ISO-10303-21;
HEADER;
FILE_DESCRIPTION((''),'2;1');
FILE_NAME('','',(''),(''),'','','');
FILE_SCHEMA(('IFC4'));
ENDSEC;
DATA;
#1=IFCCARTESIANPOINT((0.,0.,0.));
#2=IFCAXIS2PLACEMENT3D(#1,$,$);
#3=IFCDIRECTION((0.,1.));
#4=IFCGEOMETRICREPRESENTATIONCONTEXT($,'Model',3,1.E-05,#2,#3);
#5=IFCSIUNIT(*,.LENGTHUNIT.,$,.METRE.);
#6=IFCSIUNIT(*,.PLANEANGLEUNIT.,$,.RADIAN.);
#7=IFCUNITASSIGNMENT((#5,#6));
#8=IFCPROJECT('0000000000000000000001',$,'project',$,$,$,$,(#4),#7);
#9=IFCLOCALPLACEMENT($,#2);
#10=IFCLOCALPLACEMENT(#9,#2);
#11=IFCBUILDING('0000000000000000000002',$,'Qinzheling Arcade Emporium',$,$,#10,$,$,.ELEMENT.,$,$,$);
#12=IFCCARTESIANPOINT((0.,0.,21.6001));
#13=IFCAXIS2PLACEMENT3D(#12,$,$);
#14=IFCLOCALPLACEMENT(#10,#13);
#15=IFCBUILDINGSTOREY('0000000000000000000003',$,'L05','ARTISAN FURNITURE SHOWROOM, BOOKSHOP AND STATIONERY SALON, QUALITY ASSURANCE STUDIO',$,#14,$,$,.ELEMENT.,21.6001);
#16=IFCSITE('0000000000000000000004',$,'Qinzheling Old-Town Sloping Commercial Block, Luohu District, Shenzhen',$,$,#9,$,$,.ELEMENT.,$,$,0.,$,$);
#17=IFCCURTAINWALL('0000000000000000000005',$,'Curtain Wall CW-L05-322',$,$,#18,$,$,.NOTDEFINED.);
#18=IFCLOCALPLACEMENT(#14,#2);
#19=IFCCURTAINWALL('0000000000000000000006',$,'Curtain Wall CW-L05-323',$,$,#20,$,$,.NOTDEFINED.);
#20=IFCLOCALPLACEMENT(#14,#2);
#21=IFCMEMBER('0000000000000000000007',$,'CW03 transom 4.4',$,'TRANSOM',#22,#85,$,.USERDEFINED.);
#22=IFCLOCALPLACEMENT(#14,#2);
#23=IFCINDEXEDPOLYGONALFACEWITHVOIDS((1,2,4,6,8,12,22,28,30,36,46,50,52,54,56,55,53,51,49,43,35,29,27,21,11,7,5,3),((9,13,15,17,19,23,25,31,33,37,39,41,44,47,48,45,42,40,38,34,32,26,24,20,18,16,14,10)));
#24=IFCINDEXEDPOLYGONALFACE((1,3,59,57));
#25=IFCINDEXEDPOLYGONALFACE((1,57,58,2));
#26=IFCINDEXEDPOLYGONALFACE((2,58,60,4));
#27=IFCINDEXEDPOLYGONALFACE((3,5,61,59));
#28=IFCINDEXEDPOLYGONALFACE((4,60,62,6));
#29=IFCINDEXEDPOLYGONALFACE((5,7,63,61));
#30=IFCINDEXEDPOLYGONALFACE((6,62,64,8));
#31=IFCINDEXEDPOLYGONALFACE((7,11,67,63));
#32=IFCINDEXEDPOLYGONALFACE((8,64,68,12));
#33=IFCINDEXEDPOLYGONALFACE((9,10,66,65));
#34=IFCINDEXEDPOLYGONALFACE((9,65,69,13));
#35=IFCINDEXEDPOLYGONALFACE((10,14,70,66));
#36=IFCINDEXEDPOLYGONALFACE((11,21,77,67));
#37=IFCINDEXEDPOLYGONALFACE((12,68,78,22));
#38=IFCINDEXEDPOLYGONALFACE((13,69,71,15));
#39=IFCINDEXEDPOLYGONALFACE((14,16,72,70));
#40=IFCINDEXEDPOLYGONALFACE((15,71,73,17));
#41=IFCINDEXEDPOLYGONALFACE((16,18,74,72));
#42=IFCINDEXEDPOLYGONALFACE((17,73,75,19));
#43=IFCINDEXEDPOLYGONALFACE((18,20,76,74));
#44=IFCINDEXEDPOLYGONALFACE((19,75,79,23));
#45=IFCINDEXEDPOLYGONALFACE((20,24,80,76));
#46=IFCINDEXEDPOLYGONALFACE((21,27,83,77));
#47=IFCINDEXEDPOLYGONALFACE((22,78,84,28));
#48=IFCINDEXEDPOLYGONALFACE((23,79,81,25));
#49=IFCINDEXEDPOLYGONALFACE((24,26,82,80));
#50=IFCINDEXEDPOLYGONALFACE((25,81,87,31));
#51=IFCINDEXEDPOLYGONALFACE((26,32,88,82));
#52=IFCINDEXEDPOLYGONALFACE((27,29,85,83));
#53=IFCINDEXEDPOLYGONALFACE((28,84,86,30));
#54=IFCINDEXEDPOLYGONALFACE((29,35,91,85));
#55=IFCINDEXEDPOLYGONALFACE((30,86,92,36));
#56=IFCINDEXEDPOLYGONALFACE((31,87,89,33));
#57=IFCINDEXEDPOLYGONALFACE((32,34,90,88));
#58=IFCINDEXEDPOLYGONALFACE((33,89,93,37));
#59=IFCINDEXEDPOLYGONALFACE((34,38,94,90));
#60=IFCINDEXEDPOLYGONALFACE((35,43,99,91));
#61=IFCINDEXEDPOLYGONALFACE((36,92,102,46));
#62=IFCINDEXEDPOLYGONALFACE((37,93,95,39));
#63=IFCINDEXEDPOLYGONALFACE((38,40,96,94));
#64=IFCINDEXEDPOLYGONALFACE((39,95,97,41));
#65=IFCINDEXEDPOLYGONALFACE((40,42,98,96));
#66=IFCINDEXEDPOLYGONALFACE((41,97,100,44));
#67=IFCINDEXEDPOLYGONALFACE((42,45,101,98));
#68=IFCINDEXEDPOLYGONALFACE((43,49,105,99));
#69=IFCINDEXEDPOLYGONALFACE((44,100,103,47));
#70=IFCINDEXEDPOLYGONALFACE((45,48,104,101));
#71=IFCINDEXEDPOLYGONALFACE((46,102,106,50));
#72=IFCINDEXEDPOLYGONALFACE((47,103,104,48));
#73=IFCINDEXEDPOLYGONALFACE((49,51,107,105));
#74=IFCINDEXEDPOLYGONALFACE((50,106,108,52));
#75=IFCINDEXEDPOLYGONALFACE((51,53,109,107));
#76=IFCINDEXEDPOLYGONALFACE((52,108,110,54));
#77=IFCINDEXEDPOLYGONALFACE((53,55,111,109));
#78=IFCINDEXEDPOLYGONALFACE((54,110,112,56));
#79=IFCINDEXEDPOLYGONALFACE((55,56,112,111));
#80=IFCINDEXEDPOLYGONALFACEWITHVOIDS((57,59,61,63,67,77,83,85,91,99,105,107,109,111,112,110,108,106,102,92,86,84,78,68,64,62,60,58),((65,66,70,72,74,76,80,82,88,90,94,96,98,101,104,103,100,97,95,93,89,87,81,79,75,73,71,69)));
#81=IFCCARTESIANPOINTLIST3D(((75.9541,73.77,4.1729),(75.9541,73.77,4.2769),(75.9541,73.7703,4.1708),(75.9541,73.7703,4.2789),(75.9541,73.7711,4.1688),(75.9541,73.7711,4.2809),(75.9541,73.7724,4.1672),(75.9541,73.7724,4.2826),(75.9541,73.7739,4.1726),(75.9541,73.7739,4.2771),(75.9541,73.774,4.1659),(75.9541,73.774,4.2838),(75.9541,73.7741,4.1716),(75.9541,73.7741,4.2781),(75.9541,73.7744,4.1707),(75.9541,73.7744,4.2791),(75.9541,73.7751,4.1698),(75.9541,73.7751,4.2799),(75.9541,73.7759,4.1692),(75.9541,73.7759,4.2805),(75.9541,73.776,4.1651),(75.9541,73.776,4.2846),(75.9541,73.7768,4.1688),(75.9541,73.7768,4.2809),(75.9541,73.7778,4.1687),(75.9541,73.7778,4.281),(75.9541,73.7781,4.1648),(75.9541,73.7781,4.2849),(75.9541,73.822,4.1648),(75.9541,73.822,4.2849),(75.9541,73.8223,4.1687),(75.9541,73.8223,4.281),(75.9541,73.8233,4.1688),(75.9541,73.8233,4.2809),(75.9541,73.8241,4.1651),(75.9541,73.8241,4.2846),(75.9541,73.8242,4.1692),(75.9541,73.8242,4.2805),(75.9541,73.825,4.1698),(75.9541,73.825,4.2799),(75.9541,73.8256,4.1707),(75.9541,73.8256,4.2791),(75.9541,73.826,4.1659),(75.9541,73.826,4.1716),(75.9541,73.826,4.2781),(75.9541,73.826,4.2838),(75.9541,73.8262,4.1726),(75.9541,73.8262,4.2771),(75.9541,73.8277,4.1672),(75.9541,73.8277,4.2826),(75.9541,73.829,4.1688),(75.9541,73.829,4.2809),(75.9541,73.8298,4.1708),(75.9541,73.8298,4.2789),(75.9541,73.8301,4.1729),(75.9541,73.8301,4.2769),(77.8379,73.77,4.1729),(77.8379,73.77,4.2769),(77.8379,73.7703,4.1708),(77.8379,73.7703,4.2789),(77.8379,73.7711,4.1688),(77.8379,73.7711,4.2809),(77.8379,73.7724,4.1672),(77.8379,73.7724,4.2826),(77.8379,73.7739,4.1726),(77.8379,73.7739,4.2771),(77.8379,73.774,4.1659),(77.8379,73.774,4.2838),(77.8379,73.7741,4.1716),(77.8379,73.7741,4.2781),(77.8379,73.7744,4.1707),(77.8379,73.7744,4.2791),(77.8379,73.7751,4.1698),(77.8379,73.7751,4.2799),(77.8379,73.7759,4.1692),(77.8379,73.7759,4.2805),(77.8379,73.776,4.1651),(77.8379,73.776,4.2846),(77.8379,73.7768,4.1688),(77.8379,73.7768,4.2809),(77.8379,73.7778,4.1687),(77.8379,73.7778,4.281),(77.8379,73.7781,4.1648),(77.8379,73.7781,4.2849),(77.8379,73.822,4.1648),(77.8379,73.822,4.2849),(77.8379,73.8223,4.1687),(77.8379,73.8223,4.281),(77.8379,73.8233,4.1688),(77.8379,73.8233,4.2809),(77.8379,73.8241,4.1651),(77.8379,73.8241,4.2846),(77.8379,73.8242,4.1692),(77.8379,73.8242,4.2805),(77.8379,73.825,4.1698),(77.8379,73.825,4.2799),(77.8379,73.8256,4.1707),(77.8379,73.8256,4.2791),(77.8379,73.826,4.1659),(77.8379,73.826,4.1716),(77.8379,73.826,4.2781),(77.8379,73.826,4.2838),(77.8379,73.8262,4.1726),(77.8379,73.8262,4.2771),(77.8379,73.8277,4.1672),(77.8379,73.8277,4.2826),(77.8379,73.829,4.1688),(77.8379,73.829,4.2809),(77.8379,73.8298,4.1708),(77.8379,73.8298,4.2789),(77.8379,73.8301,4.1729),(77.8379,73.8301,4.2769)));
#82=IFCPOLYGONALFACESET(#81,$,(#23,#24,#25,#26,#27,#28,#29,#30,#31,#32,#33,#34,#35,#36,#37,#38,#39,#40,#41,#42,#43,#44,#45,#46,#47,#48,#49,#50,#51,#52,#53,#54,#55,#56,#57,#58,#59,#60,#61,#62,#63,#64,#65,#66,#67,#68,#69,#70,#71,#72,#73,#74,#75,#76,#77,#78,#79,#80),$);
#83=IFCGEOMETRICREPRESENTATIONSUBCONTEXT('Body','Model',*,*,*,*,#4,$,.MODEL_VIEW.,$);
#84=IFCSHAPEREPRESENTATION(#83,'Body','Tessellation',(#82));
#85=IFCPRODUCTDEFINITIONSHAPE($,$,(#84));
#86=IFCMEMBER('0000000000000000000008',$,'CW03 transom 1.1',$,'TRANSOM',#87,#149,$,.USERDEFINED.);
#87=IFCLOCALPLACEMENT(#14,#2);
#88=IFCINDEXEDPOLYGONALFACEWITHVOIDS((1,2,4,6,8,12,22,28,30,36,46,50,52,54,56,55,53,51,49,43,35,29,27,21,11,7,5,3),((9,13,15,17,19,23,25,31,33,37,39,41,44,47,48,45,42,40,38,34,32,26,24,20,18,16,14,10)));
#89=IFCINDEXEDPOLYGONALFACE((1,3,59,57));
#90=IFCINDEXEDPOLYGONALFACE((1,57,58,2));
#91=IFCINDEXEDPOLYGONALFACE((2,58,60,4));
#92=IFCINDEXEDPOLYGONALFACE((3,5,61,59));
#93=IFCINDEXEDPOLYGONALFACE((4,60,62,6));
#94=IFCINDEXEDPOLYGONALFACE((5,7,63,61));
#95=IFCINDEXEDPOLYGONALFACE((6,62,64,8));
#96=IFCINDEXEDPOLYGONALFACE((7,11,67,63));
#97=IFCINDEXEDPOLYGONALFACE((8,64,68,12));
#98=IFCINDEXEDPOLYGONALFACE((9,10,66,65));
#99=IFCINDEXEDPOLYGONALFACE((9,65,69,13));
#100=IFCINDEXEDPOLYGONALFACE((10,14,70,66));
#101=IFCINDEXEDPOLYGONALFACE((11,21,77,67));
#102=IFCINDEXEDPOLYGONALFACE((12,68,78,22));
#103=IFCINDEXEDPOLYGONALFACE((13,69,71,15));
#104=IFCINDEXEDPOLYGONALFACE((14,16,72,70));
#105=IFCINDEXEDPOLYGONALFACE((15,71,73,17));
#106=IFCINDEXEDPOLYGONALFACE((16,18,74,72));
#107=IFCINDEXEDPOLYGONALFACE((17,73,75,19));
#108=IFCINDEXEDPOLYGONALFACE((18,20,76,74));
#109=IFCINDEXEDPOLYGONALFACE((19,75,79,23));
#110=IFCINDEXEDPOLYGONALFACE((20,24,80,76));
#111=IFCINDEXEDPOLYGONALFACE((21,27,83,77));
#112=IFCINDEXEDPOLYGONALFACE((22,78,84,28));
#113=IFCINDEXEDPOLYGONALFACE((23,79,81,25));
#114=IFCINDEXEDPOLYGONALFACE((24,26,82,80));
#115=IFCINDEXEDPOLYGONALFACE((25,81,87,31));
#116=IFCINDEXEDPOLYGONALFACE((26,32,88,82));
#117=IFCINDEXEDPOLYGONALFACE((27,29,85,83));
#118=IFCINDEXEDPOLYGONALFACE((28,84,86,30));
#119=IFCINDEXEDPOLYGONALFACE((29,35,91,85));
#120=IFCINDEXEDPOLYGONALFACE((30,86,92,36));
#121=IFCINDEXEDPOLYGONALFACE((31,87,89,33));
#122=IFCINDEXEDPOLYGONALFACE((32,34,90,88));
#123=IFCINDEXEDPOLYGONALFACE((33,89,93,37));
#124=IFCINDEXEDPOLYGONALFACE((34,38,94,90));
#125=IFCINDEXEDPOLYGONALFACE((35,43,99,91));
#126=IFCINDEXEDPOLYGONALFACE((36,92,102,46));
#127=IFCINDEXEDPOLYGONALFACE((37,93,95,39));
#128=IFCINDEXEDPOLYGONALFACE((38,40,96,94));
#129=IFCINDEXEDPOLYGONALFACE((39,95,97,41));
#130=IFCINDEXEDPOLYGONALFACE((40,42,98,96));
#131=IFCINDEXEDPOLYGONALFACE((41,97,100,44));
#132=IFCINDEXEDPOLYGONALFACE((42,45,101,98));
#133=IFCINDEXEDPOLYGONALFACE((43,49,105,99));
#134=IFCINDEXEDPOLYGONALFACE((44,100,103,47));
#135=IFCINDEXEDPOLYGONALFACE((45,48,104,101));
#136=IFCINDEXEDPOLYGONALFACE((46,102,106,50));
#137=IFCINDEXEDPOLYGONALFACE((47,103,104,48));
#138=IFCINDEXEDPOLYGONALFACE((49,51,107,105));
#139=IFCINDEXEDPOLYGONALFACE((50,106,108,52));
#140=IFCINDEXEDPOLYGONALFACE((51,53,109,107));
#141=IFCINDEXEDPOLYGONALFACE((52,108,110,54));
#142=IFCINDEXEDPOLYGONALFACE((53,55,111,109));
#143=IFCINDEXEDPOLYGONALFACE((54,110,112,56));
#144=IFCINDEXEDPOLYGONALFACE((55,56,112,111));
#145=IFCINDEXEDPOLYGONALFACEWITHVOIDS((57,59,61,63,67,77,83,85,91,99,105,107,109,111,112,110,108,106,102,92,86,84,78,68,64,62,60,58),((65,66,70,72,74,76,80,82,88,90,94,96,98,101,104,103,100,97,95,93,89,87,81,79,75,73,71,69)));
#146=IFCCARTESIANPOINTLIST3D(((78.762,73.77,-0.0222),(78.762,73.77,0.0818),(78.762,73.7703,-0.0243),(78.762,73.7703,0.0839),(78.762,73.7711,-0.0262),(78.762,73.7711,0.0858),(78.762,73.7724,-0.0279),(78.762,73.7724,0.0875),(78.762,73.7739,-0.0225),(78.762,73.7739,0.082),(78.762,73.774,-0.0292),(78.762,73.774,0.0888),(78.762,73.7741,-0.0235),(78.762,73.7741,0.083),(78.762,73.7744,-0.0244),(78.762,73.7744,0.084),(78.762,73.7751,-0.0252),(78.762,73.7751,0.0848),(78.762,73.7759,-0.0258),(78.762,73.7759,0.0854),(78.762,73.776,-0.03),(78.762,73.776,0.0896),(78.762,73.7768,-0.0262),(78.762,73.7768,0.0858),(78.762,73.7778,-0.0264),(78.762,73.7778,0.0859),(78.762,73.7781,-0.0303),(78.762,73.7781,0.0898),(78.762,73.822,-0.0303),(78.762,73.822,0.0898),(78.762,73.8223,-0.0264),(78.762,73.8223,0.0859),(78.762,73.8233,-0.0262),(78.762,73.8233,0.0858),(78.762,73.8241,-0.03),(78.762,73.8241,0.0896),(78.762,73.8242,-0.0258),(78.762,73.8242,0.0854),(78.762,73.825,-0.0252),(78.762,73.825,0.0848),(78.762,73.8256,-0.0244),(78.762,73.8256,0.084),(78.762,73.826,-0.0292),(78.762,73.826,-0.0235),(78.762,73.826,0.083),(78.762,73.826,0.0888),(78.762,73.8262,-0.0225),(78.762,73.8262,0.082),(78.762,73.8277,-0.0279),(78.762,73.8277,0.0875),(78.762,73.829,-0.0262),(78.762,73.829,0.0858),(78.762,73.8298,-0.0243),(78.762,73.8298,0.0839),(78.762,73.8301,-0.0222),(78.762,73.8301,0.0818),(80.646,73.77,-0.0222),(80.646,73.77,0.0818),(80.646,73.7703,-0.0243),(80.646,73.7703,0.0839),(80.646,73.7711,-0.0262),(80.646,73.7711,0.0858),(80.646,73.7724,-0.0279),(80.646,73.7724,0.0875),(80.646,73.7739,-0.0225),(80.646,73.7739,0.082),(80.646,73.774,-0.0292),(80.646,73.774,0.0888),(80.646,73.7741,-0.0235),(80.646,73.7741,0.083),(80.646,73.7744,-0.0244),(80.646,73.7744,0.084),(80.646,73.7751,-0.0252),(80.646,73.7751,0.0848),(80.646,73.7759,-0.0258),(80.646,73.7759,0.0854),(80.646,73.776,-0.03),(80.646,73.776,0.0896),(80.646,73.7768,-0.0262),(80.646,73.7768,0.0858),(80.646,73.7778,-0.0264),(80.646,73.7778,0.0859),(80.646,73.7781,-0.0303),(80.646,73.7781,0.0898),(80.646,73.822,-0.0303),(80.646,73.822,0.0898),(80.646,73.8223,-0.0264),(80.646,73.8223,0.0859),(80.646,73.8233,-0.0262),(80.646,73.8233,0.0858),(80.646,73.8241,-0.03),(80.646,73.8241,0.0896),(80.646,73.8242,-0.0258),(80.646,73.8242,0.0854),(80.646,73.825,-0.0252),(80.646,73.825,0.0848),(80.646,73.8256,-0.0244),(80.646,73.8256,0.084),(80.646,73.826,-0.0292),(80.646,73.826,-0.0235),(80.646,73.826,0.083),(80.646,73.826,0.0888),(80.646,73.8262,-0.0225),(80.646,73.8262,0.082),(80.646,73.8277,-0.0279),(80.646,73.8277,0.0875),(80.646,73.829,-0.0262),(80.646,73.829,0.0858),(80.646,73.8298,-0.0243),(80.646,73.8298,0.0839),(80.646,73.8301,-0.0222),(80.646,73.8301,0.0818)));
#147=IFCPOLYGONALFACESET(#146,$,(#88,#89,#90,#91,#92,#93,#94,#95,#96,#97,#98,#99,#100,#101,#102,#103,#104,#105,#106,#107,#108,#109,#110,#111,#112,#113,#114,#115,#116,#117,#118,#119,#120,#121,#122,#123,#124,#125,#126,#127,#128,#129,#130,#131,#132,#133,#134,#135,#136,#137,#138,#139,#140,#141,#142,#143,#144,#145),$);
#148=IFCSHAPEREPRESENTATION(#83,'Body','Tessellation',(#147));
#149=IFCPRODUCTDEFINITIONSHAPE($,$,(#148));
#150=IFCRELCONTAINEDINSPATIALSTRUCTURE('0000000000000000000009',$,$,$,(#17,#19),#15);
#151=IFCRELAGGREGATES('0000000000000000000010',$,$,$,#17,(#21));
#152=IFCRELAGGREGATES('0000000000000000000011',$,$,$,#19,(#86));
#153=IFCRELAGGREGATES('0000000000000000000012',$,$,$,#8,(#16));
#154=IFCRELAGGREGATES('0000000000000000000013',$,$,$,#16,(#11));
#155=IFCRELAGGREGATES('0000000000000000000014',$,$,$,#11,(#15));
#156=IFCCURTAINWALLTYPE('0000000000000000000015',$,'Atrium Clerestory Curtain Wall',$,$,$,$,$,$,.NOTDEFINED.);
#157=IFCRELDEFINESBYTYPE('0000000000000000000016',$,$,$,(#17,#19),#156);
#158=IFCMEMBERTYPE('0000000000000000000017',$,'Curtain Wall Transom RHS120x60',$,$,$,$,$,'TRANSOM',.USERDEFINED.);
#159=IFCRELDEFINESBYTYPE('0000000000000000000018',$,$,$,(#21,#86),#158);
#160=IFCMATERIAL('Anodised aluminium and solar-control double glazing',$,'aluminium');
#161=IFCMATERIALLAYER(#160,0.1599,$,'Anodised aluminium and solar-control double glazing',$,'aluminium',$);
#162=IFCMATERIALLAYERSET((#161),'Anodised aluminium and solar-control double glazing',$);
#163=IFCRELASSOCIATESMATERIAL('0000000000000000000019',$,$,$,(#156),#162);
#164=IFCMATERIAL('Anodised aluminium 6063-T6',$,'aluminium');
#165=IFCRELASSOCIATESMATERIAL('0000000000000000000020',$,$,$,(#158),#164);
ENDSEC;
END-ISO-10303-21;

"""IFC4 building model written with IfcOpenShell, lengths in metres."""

from ifc_helpers import new_model, si_unit, direction, frame, origin, origin_2d, place, context, subcontext, project, spatial, hollow_rectangle, extrude, material, layer, layer_set, material_profile, profile_set, type_object, element, aggregate, save


model = new_model("IFC4")

# Units and contexts
model_context = context("Model", 3, precision=1e-05, world=origin(), true_north=direction((0.0, 1.0)))
body_context = subcontext(model_context, "Body", "Model", "MODEL_VIEW")
ifc_project = project(units=[si_unit("LENGTHUNIT", "METRE"), si_unit("PLANEANGLEUNIT", "RADIAN")], contexts=[model_context])

# Site, building, storey
site_placement = place(None, origin())
site = spatial("IfcSite", under=ifc_project, at=site_placement, Name="Qinzheling Old-Town Sloping Commercial Block, Luohu District, Shenzhen", CompositionType="ELEMENT", RefElevation=0.0)
building_placement = place(site_placement, origin())
building = spatial("IfcBuilding", under=site, at=building_placement, Name="Qinzheling Arcade Emporium", CompositionType="ELEMENT")
storey_placement = place(building_placement, frame((0.0, 0.0, 21.6001)))
storey = spatial("IfcBuildingStorey", under=building, at=storey_placement, Name="L05", Description="ARTISAN FURNITURE SHOWROOM, BOOKSHOP AND STATIONERY SALON, QUALITY ASSURANCE STUDIO", CompositionType="ELEMENT", Elevation=21.6001)

# Curtain walls
ifc_material_1 = material(Name="Anodised aluminium and solar-control double glazing", Category="aluminium")
ifc_layer_1 = layer(ifc_material_1, 0.1599, Name="Anodised aluminium and solar-control double glazing", Category="aluminium")
ifc_layer_set_1 = layer_set([ifc_layer_1], Name="Anodised aluminium and solar-control double glazing")
curtain_wall_type = type_object("IfcCurtainWallType", Name="Atrium Clerestory Curtain Wall", PredefinedType="NOTDEFINED", material=ifc_layer_set_1)
curtain_wall_1_placement = place(storey_placement, origin())
curtain_wall_1 = element("IfcCurtainWall", 1, at=curtain_wall_1_placement, inside=storey, type_object=curtain_wall_type, Name="Curtain Wall CW-L05-322", PredefinedType="NOTDEFINED")
ifc_material_2 = material(Name="Anodised aluminium 6063-T6", Category="aluminium")
curtain_wall_2_placement = place(storey_placement, origin())
curtain_wall_2 = element("IfcCurtainWall", 2, at=curtain_wall_2_placement, inside=storey, type_object=curtain_wall_type, Name="Curtain Wall CW-L05-323", PredefinedType="NOTDEFINED")

# Members
ifc_material_profile_1 = material_profile(ifc_material_2, hollow_rectangle(XDim=0.0601, YDim=0.1201, WallThickness=0.0039, InnerFilletRadius=0.0039, OuterFilletRadius=0.0081, at=origin_2d()), Name="RHS 120x60x4", Category="aluminium")
ifc_profile_set_1 = profile_set([ifc_material_profile_1], Name="Anodised aluminium 6063-T6")
member_type_1 = type_object("IfcMemberType", Name="Curtain Wall Transom RHS120x60", ElementType="TRANSOM", PredefinedType="USERDEFINED", material=ifc_profile_set_1)
member_1_placement = place(storey_placement, frame((75.9541, 73.8, 4.2249), z_axis=(1.0, 0.0, 0.0), x_axis=(0.0, 1.0, 0.0)))
member_1 = element("IfcMember", 3, at=member_1_placement, type_object=member_type_1, Name="CW03 transom 4.4", ObjectType="TRANSOM", PredefinedType="USERDEFINED", context=body_context, shape_type="SweptSolid", body=[
    extrude(hollow_rectangle(XDim=0.0601, YDim=0.1201, WallThickness=0.0039, InnerFilletRadius=0.0039, OuterFilletRadius=0.0081, at=origin_2d()), origin(), (0.0, 0.0, 1.0), 1.8838),
])
member_2_placement = place(storey_placement, frame((78.762, 73.8, 0.0298), z_axis=(1.0, 0.0, 0.0), x_axis=(0.0, 1.0, 0.0)))
member_2 = element("IfcMember", 4, at=member_2_placement, type_object=member_type_1, Name="CW03 transom 1.1", ObjectType="TRANSOM", PredefinedType="USERDEFINED", context=body_context, shape_type="SweptSolid", body=[
    extrude(hollow_rectangle(XDim=0.0601, YDim=0.1201, WallThickness=0.0039, InnerFilletRadius=0.0039, OuterFilletRadius=0.0081, at=origin_2d()), origin(), (0.0, 0.0, 1.0), 1.884),
])

aggregate(curtain_wall_1, [member_1])
aggregate(curtain_wall_2, [member_2])

save(model, "model.ifc")
